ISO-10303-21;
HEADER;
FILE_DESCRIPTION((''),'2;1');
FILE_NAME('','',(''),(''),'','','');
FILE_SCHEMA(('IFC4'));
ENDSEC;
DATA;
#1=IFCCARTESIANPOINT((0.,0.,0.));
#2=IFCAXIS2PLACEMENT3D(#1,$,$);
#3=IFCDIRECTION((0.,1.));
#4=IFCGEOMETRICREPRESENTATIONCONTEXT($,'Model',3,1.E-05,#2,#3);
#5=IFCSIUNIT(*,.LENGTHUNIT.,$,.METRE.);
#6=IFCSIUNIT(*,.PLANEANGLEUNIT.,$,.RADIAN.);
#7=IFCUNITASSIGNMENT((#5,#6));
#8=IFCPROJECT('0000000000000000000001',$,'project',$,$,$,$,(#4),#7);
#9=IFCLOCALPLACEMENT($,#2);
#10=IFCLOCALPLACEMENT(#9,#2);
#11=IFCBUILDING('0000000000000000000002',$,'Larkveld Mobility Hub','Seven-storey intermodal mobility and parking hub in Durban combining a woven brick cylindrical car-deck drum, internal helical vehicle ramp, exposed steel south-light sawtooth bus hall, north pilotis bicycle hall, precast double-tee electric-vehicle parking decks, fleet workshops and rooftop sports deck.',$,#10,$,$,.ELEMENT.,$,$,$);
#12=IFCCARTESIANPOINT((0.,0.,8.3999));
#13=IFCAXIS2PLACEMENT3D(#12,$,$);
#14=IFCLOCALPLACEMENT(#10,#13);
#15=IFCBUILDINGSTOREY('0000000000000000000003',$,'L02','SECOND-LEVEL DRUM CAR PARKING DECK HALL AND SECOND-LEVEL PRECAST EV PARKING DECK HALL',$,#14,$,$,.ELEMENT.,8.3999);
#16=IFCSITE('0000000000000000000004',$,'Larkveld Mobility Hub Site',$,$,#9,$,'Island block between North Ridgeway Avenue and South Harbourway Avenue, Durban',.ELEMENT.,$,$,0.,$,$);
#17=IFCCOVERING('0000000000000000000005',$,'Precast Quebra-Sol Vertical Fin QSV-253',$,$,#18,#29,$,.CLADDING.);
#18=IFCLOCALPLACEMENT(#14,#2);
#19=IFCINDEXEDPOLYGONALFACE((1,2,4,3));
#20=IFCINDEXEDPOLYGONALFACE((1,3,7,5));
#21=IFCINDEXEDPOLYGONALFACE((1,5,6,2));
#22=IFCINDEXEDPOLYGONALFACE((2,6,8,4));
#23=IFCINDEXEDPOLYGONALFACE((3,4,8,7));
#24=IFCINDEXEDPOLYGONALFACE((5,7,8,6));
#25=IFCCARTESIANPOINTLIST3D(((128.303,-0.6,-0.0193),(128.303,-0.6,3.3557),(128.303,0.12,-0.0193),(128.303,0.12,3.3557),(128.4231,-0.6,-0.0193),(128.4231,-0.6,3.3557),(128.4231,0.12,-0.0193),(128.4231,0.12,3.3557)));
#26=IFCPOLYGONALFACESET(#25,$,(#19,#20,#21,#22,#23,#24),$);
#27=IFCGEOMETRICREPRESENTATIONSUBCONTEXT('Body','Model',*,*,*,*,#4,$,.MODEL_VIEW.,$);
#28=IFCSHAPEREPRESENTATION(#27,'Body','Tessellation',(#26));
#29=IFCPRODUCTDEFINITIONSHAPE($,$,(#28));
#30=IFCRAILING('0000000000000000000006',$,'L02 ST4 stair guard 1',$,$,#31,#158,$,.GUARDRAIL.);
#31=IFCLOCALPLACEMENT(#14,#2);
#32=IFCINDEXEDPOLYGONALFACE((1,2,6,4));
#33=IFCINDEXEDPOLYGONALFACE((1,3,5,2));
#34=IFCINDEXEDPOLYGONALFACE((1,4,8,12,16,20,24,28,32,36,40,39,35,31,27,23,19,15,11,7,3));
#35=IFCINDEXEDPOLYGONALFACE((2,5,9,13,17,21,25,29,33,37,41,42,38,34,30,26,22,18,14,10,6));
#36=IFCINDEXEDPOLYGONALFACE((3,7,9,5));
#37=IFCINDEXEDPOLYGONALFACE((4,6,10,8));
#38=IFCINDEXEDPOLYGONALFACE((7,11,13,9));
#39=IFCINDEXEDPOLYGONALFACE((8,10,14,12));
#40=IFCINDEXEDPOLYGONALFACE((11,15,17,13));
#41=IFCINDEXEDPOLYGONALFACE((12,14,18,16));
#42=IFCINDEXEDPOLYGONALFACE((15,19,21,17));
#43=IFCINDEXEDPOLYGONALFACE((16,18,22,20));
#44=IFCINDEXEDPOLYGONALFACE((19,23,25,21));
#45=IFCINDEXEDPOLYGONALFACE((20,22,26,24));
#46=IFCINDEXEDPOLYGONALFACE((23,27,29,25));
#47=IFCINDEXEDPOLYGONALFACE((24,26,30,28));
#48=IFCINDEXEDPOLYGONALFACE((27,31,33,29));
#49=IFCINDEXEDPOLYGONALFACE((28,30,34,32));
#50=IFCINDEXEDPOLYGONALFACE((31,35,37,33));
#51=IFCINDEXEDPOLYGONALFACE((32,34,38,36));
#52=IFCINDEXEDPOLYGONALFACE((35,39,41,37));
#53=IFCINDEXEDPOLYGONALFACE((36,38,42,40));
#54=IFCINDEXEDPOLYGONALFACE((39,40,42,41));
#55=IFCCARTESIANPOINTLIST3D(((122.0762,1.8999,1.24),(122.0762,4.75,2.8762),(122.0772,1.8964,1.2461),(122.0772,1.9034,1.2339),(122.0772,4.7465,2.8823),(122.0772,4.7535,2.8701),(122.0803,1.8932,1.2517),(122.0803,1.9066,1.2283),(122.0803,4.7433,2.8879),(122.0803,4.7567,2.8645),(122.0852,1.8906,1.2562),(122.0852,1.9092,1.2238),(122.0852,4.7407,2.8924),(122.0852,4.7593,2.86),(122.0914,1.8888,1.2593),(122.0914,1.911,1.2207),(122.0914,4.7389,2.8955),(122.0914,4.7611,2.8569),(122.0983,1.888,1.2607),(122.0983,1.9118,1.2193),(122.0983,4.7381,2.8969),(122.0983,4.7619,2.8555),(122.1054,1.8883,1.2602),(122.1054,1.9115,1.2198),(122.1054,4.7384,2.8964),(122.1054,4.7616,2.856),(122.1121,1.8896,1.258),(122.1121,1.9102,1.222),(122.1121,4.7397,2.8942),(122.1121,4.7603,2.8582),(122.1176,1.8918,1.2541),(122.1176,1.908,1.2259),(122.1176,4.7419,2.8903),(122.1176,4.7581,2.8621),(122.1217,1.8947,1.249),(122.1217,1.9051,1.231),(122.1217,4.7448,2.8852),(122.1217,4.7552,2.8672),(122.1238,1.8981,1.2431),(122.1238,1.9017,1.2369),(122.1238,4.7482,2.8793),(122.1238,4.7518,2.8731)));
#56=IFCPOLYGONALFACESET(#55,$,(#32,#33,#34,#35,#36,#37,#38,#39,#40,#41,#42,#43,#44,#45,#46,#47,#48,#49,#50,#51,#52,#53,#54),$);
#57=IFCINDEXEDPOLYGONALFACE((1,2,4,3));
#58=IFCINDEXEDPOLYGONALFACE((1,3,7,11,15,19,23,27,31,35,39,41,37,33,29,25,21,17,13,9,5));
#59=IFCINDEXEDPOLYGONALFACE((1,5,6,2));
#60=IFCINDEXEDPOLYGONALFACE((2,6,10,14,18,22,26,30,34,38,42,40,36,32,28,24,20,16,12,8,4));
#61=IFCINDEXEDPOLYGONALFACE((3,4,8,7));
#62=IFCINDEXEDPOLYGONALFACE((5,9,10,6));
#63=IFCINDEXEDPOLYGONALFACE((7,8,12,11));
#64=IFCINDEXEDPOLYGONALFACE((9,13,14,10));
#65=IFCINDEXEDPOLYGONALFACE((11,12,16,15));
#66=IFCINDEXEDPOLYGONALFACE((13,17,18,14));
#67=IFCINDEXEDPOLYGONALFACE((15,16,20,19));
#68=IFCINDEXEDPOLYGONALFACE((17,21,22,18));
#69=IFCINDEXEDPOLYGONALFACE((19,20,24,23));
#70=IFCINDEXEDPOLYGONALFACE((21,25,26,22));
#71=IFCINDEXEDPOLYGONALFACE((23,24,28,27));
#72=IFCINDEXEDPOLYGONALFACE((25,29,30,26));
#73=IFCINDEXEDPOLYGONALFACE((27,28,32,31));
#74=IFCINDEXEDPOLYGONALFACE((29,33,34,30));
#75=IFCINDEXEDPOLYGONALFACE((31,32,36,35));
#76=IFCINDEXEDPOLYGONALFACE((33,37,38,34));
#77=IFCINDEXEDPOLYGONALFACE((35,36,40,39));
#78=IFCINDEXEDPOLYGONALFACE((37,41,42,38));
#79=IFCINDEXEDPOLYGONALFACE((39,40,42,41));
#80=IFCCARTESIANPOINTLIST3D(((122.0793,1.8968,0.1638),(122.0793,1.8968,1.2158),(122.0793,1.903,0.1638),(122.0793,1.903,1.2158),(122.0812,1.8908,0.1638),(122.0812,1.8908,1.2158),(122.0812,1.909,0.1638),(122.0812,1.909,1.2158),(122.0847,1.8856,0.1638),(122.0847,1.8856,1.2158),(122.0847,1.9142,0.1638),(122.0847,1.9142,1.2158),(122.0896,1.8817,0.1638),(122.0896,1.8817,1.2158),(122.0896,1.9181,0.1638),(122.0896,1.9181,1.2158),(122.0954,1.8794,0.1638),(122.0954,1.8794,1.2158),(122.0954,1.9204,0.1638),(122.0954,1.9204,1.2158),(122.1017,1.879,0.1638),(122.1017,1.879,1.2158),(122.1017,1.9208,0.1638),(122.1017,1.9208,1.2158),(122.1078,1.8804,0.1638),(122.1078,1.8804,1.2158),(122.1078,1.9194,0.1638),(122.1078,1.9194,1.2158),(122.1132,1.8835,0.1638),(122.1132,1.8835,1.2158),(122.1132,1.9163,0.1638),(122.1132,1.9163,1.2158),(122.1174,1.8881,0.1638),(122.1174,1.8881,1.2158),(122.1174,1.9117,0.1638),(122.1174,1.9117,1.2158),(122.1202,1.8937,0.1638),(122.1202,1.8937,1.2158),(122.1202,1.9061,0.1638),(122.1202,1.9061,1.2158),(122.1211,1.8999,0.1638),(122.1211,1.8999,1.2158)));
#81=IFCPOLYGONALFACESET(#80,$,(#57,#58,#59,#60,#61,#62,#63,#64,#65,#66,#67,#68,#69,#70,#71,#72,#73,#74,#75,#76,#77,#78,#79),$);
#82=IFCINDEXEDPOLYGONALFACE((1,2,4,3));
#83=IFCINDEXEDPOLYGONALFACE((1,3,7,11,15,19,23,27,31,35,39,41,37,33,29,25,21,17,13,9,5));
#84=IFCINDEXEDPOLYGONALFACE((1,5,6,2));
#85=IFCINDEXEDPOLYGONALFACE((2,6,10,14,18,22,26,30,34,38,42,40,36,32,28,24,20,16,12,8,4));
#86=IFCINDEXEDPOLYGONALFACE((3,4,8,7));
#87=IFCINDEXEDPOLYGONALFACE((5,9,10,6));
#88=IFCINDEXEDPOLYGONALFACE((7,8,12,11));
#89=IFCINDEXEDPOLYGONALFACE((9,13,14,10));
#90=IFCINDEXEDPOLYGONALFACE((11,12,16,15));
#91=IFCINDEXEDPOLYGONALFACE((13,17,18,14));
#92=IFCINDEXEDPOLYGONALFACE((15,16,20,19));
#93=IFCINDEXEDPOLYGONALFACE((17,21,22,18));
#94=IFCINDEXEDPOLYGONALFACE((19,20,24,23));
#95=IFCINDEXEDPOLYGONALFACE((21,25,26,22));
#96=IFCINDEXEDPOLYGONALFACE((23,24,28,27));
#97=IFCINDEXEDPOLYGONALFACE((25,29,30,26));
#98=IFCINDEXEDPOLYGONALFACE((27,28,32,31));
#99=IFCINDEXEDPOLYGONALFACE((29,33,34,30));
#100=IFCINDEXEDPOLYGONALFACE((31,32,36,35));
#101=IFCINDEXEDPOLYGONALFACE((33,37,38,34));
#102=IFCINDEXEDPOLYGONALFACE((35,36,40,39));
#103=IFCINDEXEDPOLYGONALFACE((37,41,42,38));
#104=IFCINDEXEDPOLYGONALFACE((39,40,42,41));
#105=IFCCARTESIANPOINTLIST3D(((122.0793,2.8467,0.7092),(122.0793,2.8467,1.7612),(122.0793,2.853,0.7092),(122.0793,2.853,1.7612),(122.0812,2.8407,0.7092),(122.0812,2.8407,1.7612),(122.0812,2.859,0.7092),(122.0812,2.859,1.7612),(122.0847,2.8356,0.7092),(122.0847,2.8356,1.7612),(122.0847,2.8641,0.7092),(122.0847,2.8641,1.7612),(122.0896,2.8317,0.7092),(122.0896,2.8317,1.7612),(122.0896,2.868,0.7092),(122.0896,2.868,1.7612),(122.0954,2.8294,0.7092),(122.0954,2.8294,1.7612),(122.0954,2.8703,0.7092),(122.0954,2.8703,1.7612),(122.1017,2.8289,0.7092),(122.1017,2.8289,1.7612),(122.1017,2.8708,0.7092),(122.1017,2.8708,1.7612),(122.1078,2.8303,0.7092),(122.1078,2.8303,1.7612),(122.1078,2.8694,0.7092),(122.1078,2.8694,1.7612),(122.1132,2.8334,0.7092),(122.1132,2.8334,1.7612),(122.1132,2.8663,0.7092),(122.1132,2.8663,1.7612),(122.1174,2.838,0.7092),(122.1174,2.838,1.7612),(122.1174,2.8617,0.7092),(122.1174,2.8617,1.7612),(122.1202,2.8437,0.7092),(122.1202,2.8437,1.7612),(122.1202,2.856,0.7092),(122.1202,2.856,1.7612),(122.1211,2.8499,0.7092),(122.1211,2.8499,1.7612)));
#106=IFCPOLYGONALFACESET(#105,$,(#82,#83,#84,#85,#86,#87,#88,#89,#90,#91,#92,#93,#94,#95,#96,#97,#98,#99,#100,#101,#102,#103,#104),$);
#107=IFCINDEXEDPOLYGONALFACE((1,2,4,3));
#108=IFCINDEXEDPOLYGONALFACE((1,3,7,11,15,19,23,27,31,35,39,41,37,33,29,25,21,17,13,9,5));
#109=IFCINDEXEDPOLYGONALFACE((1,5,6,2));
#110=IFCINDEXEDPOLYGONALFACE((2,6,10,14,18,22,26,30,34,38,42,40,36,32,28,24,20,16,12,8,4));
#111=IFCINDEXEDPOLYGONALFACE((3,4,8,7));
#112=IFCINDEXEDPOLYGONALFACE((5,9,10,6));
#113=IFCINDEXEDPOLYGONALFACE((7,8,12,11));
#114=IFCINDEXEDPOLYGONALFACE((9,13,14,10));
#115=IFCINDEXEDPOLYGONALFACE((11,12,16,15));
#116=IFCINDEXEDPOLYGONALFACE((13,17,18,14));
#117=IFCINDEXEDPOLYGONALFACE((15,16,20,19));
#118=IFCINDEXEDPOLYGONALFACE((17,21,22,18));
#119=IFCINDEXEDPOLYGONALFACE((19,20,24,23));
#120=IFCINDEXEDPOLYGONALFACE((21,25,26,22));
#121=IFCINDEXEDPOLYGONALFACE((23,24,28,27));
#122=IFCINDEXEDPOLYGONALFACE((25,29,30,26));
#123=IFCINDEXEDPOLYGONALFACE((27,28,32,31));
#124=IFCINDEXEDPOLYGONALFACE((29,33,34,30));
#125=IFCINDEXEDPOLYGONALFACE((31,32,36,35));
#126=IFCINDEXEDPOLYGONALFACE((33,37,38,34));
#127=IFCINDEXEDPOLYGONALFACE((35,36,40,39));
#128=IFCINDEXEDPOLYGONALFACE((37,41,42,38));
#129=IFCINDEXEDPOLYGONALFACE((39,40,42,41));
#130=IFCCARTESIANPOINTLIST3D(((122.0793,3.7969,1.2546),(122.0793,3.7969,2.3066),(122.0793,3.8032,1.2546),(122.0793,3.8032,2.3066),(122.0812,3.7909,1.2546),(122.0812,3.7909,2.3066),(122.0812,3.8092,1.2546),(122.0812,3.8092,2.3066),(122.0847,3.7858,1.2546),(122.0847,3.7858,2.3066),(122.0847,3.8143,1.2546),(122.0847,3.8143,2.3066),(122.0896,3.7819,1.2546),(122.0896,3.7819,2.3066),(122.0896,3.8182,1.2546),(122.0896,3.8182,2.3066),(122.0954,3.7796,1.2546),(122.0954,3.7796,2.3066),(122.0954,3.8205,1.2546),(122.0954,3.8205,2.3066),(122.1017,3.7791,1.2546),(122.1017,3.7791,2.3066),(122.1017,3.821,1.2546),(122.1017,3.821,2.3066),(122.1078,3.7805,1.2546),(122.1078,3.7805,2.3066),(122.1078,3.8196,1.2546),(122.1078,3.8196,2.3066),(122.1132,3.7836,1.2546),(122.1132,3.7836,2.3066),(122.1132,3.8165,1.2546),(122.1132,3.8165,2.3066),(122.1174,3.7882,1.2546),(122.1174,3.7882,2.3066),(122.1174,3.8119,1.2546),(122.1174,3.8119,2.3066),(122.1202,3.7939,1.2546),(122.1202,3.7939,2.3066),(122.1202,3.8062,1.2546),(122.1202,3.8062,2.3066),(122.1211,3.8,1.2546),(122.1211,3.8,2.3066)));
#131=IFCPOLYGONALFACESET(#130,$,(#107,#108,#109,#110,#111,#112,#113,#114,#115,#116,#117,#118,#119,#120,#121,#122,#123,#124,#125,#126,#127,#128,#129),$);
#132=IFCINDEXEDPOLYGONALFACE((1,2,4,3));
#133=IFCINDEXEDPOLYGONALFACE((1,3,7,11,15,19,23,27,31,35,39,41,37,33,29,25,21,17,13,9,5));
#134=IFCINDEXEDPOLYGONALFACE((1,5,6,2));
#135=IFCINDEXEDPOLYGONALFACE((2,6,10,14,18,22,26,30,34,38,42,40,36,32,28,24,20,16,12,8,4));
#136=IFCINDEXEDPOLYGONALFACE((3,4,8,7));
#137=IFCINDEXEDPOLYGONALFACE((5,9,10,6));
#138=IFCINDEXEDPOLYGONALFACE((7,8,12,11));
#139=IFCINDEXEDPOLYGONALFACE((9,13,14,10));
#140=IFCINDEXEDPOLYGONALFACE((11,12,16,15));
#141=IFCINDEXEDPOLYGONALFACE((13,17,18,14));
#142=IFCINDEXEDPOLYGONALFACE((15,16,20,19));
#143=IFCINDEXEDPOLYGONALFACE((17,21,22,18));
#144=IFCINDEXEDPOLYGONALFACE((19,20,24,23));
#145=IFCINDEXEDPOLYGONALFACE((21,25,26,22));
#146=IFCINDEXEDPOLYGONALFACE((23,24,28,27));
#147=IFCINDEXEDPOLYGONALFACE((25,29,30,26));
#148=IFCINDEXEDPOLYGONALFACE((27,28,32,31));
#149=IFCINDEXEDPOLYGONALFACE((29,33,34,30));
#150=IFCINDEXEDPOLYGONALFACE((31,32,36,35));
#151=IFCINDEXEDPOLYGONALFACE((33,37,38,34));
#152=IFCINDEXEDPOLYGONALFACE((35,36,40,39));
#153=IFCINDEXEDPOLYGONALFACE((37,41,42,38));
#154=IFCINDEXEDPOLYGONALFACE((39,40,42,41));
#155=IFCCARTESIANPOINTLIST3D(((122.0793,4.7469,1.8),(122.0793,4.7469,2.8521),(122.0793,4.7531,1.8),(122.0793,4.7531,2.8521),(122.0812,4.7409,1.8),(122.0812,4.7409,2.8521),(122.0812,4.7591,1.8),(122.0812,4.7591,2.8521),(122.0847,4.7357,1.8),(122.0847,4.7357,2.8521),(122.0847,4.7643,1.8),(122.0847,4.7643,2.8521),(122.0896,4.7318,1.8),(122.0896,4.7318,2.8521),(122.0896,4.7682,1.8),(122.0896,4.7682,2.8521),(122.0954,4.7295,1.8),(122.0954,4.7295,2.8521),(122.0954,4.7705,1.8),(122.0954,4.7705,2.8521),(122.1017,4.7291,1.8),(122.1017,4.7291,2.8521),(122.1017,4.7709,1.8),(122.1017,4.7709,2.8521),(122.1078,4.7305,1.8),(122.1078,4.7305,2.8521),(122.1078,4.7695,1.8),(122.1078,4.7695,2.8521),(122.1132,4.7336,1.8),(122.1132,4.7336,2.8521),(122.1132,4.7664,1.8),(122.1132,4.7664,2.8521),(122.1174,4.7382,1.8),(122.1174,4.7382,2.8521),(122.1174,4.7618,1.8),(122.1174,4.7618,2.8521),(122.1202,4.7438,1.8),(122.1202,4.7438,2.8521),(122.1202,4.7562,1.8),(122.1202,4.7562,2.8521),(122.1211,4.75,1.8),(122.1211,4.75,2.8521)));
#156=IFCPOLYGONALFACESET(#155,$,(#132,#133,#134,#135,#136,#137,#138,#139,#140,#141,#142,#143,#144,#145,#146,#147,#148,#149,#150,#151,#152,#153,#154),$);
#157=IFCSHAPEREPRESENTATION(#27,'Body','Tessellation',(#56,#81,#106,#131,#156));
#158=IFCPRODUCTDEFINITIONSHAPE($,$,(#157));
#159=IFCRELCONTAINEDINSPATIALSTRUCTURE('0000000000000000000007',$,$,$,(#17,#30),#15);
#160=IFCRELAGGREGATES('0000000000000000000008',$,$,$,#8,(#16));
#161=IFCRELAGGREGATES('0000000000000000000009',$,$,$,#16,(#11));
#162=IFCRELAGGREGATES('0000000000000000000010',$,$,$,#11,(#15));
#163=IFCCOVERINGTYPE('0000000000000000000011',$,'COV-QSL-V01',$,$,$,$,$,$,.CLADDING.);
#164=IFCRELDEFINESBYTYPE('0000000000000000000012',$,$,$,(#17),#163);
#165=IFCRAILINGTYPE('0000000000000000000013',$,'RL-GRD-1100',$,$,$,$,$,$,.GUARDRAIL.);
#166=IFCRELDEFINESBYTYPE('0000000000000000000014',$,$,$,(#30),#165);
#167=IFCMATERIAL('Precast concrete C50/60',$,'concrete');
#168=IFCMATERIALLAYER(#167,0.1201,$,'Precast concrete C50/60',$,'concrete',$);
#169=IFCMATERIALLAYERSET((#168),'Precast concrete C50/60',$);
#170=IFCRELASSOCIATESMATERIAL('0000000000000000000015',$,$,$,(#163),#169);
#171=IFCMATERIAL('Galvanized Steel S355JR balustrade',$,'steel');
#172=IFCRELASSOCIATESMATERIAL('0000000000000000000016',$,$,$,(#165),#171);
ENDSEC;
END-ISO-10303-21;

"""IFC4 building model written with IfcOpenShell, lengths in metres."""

from ifc_helpers import new_model, si_unit, direction, frame, origin, origin_2d, place, context, subcontext, project, spatial, rectangle, circle, extrude, material, layer, layer_set, type_object, element, save


model = new_model("IFC4")

# Units and contexts
model_context = context("Model", 3, precision=1e-05, world=origin(), true_north=direction((0.0, 1.0)))
body_context = subcontext(model_context, "Body", "Model", "MODEL_VIEW")
ifc_project = project(units=[si_unit("LENGTHUNIT", "METRE"), si_unit("PLANEANGLEUNIT", "RADIAN")], contexts=[model_context])

# Site, building, storey
site_placement = place(None, origin())
site = spatial("IfcSite", under=ifc_project, at=site_placement, Name="Larkveld Mobility Hub Site", LongName="Island block between North Ridgeway Avenue and South Harbourway Avenue, Durban", CompositionType="ELEMENT", RefElevation=0.0)
building_placement = place(site_placement, origin())
building = spatial("IfcBuilding", under=site, at=building_placement, Name="Larkveld Mobility Hub", Description="Seven-storey intermodal mobility and parking hub in Durban combining a woven brick cylindrical car-deck drum, internal helical vehicle ramp, exposed steel south-light sawtooth bus hall, north pilotis bicycle hall, precast double-tee electric-vehicle parking decks, fleet workshops and rooftop sports deck.", CompositionType="ELEMENT")
storey_placement = place(building_placement, frame((0.0, 0.0, 8.3999)))
storey = spatial("IfcBuildingStorey", under=building, at=storey_placement, Name="L02", Description="SECOND-LEVEL DRUM CAR PARKING DECK HALL AND SECOND-LEVEL PRECAST EV PARKING DECK HALL", CompositionType="ELEMENT", Elevation=8.3999)

# Shared definitions
ifc_material_1 = material(Name="Precast concrete C50/60", Category="concrete")

# Covering
ifc_layer_1 = layer(ifc_material_1, 0.1201, Name="Precast concrete C50/60", Category="concrete")
ifc_layer_set_1 = layer_set([ifc_layer_1], Name="Precast concrete C50/60")
covering_type = type_object("IfcCoveringType", Name="COV-QSL-V01", PredefinedType="CLADDING", material=ifc_layer_set_1)
for number, where, z_axis, x_axis, name in (
    (1, (128.363, -0.24, -0.0193), (0.0, 0.0, 1.0), (1.0, 0.0, 0.0), "Precast Quebra-Sol Vertical Fin QSV-253"),
):
    element("IfcCovering", number, at=place(storey_placement, frame(where, z_axis=z_axis, x_axis=x_axis)), inside=storey, type_object=covering_type, Name=name, PredefinedType="CLADDING", context=body_context, shape_type="SweptSolid", body=[
        extrude(rectangle(XDim=0.1201, YDim=0.72, at=origin_2d()), origin(), (0.0, 0.0, 1.0), 3.375),
    ])

# Railing
ifc_material_2 = material(Name="Galvanized Steel S355JR balustrade", Category="steel")
railing_type_1 = type_object("IfcRailingType", Name="RL-GRD-1100", PredefinedType="GUARDRAIL", material=ifc_material_2)
railing_1_placement = place(storey_placement, frame((122.1001, 1.8999, 0.1638)))
element("IfcRailing", 2, at=railing_1_placement, inside=storey, type_object=railing_type_1, Name="L02 ST4 stair guard 1", PredefinedType="GUARDRAIL", context=body_context, shape_type="SweptSolid", body=[
    extrude(circle(Radius=0.0239, at=origin_2d()), frame((0.0, 0.0, 1.0762), z_axis=(0.0, 0.867245, 0.497882), x_axis=(-1.0, 0.0, 0.0)), (0.0, 0.0, 1.0), 3.2864),
    extrude(circle(Radius=0.021, at=origin_2d()), origin(), (0.0, 0.0, 1.0), 1.052),
    extrude(circle(Radius=0.021, at=origin_2d()), frame((0.0, 0.95, 0.5454)), (0.0, 0.0, 1.0), 1.052),
    extrude(circle(Radius=0.021, at=origin_2d()), frame((0.0, 1.9001, 1.0908)), (0.0, 0.0, 1.0), 1.052),
    extrude(circle(Radius=0.021, at=origin_2d()), frame((0.0, 2.8501, 1.6362)), (0.0, 0.0, 1.0), 1.052),
])

save(model, "model.ifc")
